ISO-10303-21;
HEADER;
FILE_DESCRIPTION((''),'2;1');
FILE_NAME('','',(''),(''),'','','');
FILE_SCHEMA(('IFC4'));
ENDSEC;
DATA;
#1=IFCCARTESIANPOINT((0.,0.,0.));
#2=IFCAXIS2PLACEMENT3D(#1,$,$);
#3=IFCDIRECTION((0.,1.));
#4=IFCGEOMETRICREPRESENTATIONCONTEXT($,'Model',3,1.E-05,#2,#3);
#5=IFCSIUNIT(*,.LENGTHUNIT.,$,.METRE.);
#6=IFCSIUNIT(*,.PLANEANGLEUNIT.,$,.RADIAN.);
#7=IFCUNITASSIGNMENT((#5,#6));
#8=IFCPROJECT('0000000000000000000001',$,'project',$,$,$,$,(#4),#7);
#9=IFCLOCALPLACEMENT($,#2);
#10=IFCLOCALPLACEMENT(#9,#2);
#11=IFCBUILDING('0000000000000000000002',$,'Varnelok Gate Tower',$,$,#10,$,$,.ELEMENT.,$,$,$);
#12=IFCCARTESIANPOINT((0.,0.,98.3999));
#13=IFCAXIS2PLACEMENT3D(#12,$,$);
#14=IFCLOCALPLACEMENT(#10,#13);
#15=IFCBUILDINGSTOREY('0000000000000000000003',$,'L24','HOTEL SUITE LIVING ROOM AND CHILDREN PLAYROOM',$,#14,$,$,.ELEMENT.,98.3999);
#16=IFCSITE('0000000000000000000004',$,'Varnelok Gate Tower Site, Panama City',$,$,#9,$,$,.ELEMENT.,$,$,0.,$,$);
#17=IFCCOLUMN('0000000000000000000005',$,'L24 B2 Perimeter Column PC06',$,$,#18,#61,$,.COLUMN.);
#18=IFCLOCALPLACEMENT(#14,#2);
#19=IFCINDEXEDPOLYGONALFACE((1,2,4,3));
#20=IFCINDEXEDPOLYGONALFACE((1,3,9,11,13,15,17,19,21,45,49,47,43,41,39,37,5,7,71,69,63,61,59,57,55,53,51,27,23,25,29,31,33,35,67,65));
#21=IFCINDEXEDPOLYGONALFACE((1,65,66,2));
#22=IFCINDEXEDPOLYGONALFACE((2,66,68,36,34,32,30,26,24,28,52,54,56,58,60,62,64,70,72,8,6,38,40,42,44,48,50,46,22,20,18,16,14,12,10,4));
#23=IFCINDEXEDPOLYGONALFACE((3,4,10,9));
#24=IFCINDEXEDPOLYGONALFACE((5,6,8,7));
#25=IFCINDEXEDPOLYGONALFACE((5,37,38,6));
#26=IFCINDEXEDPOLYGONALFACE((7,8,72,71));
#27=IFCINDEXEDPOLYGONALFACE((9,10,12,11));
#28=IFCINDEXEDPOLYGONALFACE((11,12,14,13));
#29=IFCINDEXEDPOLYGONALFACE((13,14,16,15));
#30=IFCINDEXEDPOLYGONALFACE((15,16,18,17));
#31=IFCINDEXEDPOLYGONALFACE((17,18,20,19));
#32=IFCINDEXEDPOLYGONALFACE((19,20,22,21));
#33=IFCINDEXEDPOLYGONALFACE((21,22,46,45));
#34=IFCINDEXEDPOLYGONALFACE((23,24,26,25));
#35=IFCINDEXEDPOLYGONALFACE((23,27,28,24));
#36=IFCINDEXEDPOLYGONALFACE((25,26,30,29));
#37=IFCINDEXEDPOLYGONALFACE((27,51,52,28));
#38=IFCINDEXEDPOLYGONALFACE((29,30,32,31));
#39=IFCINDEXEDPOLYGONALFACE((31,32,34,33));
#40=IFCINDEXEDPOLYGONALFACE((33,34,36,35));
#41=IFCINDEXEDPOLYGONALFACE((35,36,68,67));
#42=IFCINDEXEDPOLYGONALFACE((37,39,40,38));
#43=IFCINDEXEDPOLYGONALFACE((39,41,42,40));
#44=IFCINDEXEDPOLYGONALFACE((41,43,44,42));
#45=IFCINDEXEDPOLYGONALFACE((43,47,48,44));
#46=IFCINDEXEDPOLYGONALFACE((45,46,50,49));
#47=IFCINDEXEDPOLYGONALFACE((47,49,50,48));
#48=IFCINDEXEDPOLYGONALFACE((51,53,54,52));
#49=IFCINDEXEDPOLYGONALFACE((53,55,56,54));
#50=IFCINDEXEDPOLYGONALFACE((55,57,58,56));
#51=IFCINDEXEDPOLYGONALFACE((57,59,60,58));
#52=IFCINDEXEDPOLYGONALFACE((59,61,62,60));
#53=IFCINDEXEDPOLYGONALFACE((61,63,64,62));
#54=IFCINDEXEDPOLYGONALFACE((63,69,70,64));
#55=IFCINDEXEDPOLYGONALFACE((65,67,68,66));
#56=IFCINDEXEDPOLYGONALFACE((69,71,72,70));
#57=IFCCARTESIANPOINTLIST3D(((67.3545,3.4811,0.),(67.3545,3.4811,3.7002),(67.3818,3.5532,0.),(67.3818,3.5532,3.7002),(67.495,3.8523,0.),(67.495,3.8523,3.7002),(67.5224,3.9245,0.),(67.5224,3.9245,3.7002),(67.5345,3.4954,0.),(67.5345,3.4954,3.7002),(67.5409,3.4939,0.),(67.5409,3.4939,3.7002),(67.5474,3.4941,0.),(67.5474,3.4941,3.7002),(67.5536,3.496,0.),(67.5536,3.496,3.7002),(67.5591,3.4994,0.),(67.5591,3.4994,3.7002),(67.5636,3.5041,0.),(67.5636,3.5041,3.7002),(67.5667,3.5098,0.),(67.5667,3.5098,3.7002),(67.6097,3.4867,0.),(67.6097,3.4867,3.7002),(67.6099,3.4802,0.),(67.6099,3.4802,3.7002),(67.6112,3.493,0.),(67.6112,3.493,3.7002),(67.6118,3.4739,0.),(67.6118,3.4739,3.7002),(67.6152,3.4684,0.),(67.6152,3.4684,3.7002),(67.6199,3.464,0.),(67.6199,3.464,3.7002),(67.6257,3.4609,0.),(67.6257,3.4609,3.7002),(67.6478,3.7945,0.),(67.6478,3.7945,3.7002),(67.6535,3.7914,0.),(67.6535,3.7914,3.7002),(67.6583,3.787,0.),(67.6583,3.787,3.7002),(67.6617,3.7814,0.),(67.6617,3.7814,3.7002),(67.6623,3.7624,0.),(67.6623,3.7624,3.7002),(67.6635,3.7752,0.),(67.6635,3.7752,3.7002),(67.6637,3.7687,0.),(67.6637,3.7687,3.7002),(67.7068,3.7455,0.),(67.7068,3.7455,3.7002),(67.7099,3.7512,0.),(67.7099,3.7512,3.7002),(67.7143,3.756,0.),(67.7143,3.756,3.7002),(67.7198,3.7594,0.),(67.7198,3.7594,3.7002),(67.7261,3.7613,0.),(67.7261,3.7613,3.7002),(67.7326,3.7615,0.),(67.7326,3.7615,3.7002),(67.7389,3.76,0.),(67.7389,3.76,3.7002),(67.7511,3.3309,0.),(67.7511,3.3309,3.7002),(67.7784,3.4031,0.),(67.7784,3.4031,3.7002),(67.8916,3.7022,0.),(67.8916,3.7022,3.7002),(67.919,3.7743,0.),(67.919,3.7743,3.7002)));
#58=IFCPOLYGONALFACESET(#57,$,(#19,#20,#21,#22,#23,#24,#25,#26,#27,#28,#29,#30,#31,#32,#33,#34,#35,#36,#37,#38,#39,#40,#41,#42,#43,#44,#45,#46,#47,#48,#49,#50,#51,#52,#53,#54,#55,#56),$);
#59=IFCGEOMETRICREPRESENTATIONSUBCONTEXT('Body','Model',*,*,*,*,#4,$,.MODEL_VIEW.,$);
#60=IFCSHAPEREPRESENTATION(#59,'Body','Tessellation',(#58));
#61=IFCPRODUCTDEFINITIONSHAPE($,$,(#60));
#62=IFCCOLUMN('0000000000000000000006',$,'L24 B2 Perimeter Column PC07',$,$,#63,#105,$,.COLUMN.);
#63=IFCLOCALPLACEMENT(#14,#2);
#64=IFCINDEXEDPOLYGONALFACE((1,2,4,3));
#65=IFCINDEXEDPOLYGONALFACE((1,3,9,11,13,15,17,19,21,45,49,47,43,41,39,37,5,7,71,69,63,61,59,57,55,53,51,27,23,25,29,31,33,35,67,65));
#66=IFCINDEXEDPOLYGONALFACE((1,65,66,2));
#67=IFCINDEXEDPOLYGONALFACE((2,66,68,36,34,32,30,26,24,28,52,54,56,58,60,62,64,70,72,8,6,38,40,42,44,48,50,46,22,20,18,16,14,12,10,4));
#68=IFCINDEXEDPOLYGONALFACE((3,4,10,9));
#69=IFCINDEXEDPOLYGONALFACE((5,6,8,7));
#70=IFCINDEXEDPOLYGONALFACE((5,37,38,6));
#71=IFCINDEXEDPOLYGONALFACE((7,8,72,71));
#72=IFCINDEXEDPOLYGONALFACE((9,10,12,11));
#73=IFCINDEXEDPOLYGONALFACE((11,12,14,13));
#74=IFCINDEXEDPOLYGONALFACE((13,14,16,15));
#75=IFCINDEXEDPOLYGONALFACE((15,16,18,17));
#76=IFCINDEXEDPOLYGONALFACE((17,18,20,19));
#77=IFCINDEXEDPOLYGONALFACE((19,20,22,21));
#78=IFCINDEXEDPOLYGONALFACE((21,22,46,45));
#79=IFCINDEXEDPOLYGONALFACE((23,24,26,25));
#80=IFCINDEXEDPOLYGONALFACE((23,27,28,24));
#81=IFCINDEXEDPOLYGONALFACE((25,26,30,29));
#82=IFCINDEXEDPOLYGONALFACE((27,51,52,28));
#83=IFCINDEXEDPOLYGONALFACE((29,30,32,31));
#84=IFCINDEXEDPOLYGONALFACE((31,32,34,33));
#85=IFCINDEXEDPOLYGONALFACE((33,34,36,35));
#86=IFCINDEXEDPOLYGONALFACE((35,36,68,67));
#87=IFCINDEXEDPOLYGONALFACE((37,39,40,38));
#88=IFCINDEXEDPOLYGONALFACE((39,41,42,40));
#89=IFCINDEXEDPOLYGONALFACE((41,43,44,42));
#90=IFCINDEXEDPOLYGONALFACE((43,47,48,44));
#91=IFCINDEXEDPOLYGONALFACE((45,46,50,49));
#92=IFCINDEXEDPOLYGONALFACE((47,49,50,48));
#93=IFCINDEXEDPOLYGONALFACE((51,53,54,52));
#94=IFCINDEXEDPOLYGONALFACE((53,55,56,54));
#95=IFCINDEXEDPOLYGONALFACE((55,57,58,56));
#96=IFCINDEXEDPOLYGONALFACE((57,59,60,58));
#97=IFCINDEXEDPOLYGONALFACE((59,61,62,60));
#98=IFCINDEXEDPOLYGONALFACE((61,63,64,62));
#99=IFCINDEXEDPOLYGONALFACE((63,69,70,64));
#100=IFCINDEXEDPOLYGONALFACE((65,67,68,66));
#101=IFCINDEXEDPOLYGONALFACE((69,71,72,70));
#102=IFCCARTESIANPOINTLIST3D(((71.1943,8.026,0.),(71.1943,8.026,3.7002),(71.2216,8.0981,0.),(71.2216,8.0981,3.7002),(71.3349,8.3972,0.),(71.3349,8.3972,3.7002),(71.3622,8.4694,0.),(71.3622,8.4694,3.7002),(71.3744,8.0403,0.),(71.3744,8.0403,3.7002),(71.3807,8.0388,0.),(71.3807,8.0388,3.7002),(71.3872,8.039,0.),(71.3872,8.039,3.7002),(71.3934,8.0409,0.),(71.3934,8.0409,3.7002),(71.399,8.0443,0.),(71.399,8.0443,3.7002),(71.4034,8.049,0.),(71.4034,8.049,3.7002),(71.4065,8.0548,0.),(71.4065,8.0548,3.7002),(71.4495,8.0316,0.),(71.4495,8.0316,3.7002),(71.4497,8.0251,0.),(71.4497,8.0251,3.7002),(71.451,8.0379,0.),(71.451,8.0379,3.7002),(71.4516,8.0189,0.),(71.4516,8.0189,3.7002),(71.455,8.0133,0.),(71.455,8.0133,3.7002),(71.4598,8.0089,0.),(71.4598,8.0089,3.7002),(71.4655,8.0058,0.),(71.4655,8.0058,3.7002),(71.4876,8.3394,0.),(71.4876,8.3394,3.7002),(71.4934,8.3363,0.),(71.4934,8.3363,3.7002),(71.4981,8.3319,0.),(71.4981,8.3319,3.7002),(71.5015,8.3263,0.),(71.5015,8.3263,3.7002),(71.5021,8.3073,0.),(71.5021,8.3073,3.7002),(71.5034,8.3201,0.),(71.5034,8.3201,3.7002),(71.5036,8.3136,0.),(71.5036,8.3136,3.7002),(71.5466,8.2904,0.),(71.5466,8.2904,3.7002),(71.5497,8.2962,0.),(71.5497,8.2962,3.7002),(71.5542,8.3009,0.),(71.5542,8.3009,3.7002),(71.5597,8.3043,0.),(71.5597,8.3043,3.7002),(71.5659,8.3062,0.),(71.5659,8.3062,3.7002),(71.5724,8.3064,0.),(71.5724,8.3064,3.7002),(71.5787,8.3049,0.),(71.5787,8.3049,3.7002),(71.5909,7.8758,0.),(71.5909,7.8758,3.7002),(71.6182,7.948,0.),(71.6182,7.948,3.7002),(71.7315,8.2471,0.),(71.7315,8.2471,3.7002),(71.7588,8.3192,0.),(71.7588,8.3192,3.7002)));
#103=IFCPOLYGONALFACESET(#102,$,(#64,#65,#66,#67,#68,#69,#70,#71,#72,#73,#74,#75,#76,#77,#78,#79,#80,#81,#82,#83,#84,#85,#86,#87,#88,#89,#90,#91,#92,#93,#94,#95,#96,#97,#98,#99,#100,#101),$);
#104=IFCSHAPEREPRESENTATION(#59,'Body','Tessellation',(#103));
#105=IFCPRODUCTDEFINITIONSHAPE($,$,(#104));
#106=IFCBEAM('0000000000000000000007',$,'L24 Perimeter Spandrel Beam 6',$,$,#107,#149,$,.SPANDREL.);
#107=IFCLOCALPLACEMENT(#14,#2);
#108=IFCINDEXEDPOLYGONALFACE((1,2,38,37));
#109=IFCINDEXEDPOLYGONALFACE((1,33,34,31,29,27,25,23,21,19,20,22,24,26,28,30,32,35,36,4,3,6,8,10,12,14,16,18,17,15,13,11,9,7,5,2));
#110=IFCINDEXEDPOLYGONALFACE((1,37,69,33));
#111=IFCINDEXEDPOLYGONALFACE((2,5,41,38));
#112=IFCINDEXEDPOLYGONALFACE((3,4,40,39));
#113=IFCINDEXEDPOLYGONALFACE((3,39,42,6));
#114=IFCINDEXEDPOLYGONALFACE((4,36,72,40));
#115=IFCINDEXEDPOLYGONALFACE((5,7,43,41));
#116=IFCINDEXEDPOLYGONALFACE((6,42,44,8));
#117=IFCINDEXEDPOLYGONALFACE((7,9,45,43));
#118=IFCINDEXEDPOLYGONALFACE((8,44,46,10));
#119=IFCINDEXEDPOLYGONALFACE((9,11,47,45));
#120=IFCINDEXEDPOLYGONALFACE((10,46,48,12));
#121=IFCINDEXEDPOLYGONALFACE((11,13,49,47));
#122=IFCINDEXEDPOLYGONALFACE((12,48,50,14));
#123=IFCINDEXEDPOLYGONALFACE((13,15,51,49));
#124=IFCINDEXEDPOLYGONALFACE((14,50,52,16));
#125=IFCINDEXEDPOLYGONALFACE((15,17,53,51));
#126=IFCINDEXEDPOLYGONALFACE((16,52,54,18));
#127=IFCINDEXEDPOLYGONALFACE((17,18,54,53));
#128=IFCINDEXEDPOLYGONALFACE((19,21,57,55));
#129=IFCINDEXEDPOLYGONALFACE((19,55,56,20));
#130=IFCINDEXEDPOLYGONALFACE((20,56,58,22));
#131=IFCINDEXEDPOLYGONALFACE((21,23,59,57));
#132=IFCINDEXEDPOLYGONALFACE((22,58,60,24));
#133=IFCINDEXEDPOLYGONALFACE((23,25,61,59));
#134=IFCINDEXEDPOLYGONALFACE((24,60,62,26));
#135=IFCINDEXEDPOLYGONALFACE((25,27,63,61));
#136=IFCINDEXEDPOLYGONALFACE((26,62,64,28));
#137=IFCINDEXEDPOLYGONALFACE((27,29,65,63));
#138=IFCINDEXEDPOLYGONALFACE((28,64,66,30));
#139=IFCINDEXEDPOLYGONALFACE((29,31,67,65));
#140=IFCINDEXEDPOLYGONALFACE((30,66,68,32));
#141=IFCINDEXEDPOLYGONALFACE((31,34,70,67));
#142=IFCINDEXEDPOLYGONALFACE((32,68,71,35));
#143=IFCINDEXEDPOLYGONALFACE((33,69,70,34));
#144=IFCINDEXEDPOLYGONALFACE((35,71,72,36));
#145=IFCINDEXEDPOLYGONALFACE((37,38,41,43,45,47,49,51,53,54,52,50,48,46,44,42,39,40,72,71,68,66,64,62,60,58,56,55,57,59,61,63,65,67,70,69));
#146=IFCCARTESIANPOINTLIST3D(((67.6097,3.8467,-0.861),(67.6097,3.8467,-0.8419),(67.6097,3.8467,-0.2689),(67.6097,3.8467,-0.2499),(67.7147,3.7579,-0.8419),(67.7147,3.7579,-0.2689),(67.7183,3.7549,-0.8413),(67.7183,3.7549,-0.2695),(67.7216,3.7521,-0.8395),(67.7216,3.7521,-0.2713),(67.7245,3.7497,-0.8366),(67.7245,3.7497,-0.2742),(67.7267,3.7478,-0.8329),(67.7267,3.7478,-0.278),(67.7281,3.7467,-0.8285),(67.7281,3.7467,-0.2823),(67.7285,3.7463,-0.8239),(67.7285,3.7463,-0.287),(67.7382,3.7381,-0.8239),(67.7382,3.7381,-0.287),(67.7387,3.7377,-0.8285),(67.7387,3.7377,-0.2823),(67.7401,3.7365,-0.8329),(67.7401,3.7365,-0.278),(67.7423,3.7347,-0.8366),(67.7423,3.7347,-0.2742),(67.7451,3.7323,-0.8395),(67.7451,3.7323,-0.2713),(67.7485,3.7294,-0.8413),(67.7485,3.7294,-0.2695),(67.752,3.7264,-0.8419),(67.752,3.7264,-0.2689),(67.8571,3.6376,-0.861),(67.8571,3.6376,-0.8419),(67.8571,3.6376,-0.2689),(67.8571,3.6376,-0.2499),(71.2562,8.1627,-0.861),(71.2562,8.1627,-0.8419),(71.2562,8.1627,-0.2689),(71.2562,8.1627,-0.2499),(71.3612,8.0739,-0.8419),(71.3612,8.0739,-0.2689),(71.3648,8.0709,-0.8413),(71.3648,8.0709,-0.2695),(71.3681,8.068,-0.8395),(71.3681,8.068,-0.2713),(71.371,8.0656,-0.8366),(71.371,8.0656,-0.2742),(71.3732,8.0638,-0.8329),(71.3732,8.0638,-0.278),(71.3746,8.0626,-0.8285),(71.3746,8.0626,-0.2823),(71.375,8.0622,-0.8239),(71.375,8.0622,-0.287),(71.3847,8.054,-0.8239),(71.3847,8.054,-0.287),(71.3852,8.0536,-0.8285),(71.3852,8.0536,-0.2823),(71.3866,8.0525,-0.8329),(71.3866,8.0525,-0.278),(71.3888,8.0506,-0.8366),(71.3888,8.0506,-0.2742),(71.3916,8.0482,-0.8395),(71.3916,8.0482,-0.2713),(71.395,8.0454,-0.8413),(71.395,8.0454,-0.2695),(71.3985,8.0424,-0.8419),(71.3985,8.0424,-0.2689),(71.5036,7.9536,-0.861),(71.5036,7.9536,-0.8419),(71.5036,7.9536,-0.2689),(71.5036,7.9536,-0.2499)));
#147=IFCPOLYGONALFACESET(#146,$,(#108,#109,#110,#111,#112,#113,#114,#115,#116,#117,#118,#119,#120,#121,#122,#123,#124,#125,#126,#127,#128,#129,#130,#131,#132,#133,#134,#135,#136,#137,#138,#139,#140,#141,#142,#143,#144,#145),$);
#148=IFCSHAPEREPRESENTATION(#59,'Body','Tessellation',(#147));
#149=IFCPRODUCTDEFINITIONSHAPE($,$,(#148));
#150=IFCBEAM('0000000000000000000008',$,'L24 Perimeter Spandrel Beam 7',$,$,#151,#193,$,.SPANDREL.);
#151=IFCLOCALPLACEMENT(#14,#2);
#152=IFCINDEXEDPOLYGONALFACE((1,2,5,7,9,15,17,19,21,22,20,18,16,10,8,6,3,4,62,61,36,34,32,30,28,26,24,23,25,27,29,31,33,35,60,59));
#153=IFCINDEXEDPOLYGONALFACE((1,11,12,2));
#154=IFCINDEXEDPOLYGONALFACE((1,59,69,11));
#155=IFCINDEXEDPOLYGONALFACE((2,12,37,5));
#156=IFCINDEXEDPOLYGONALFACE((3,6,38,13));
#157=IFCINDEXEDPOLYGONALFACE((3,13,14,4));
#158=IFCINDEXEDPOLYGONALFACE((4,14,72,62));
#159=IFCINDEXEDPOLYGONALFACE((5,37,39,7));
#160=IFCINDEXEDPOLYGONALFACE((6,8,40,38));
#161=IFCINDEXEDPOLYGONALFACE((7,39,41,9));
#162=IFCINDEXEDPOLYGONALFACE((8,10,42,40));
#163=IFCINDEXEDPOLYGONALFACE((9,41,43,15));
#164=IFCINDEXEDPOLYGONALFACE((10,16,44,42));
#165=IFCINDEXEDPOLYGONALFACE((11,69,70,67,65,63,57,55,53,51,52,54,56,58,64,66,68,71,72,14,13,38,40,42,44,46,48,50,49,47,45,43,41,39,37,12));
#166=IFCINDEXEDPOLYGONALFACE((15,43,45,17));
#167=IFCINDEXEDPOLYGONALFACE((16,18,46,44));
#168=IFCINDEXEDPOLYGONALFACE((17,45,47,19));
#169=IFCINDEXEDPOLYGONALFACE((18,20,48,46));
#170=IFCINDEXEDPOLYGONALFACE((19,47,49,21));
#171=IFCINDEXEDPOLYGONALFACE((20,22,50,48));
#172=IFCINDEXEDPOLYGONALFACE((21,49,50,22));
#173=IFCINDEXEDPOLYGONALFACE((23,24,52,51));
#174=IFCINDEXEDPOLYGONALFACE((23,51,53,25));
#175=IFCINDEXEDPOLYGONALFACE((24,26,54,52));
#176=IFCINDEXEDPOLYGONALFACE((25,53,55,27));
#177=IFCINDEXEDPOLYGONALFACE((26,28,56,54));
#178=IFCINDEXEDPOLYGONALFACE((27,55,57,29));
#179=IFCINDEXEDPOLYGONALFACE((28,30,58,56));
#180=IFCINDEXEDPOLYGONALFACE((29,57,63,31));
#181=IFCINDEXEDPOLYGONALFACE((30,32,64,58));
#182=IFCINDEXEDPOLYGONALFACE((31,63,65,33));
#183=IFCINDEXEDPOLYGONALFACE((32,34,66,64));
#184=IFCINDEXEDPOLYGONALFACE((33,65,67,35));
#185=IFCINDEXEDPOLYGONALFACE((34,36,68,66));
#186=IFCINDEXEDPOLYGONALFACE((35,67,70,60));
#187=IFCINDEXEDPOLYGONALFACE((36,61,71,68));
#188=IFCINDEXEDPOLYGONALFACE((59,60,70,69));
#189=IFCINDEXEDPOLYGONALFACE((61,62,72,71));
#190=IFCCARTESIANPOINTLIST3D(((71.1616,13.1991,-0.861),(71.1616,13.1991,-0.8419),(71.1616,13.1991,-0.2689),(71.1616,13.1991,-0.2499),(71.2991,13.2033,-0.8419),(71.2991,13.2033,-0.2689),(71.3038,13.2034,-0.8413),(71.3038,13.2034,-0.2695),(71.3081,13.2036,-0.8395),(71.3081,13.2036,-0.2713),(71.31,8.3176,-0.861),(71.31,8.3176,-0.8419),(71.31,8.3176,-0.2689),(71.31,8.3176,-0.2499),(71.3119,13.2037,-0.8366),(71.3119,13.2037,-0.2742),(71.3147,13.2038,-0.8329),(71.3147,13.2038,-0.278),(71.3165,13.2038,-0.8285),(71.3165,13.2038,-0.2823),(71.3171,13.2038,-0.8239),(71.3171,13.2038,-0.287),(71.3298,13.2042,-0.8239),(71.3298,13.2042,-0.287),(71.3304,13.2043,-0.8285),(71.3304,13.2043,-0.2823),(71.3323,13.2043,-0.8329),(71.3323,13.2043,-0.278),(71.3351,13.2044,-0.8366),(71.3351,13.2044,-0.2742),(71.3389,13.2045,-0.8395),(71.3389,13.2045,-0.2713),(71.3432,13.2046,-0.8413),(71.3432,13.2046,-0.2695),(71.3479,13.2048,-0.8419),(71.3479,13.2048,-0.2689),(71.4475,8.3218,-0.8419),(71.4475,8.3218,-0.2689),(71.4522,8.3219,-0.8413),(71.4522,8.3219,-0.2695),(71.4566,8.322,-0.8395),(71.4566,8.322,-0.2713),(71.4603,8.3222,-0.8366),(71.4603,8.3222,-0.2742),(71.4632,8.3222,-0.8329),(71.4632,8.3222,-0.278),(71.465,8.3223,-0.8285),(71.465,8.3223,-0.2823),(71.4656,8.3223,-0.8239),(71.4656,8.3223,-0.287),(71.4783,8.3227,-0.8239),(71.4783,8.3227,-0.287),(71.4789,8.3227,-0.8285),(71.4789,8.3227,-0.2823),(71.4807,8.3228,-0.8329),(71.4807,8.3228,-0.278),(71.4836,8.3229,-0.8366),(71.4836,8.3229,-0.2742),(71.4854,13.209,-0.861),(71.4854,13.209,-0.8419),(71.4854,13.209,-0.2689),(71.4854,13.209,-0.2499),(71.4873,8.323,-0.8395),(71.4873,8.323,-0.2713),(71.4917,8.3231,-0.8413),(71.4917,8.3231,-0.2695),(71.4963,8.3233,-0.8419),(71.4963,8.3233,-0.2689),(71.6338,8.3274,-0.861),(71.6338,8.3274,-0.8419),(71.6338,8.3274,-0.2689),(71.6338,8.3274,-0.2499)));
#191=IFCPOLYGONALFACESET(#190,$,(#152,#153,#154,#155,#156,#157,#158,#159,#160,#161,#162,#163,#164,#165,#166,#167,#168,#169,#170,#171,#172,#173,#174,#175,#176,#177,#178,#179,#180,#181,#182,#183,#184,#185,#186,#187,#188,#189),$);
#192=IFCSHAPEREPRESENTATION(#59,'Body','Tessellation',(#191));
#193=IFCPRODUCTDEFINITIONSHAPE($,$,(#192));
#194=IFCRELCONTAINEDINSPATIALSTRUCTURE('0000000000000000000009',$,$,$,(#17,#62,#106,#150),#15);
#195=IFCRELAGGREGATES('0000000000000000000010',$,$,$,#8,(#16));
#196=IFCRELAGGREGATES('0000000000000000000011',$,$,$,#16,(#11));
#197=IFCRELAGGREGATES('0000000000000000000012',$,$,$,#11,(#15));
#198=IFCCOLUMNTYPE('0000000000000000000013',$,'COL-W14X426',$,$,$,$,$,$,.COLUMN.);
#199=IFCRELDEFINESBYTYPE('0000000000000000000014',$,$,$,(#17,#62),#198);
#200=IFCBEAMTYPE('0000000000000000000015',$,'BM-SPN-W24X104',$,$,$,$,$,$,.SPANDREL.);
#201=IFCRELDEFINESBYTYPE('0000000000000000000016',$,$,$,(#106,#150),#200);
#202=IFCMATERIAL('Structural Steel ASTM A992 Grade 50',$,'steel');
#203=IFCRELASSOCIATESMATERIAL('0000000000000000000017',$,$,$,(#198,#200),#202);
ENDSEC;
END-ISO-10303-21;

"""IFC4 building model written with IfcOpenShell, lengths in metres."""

from ifc_helpers import new_model, si_unit, direction, frame, origin, origin_2d, place, context, subcontext, project, spatial, i_section, extrude, material, material_profile, profile_set, type_object, element, save


model = new_model("IFC4")

# Units and contexts
model_context = context("Model", 3, precision=1e-05, world=origin(), true_north=direction((0.0, 1.0)))
body_context = subcontext(model_context, "Body", "Model", "MODEL_VIEW")
ifc_project = project(units=[si_unit("LENGTHUNIT", "METRE"), si_unit("PLANEANGLEUNIT", "RADIAN")], contexts=[model_context])

# Site, building, storey
site_placement = place(None, origin())
site = spatial("IfcSite", under=ifc_project, at=site_placement, Name="Varnelok Gate Tower Site, Panama City", CompositionType="ELEMENT", RefElevation=0.0)
building_placement = place(site_placement, origin())
building = spatial("IfcBuilding", under=site, at=building_placement, Name="Varnelok Gate Tower", CompositionType="ELEMENT")
storey_placement = place(building_placement, frame((0.0, 0.0, 98.3999)))
storey = spatial("IfcBuildingStorey", under=building, at=storey_placement, Name="L24", Description="HOTEL SUITE LIVING ROOM AND CHILDREN PLAYROOM", CompositionType="ELEMENT", Elevation=98.3999)

# Columns
ifc_material_1 = material(Name="Structural Steel ASTM A992 Grade 50", Category="steel")
ifc_material_profile_1 = material_profile(ifc_material_1, i_section(OverallWidth=0.4241, OverallDepth=0.4741, WebThickness=0.0476, FlangeThickness=0.0771, FilletRadius=0.0249, at=origin_2d()), Name="W14X426")
ifc_profile_set_1 = profile_set([ifc_material_profile_1], Name="Structural Steel ASTM A992 Grade 50")
column_type = type_object("IfcColumnType", Name="COL-W14X426", PredefinedType="COLUMN", material=ifc_profile_set_1)
for number, where, z_axis, x_axis, name in (
    (1, (67.6367, 3.6277, 0.0), (0.0, 0.0, 1.0), (0.935222, -0.354063, 0.0), "L24 B2 Perimeter Column PC06"),
    (2, (71.4766, 8.1726, 0.0), (0.0, 0.0, 1.0), (0.935222, -0.354063, 0.0), "L24 B2 Perimeter Column PC07"),
):
    element("IfcColumn", number, at=place(storey_placement, frame(where, z_axis=z_axis, x_axis=x_axis)), inside=storey, type_object=column_type, Name=name, PredefinedType="COLUMN", context=body_context, shape_type="SweptSolid", body=[
        extrude(i_section(OverallWidth=0.4241, OverallDepth=0.4741, WebThickness=0.0476, FlangeThickness=0.0771, FilletRadius=0.0249, at=origin_2d()), origin(), (0.0, 0.0, 1.0), 3.7002),
    ])

# Beams
ifc_material_profile_2 = material_profile(ifc_material_1, i_section(OverallWidth=0.324, OverallDepth=0.6111, WebThickness=0.0127, FlangeThickness=0.019, FilletRadius=0.0181, at=origin_2d()), Name="W24X104")
ifc_profile_set_2 = profile_set([ifc_material_profile_2], Name="Structural Steel ASTM A992 Grade 50")
beam_type = type_object("IfcBeamType", Name="BM-SPN-W24X104", PredefinedType="SPANDREL", material=ifc_profile_set_2)
beam_1_placement = place(storey_placement, frame((67.7334, 3.7422, -0.5554), z_axis=(0.64538, 0.763861, 0.0), x_axis=(-0.763861, 0.64538, 0.0)))
element("IfcBeam", 3, at=beam_1_placement, inside=storey, type_object=beam_type, Name="L24 Perimeter Spandrel Beam 6", PredefinedType="SPANDREL", context=body_context, shape_type="SweptSolid", body=[
    extrude(i_section(OverallWidth=0.324, OverallDepth=0.6111, WebThickness=0.0127, FlangeThickness=0.019, FilletRadius=0.0181, at=origin_2d()), origin(), (0.0, 0.0, 1.0), 5.6501),
])
beam_2_placement = place(storey_placement, frame((71.4719, 8.3225, -0.5554), z_axis=(-0.030394, 0.999538, 0.0), x_axis=(-0.999538, -0.030394, 0.0)))
element("IfcBeam", 4, at=beam_2_placement, inside=storey, type_object=beam_type, Name="L24 Perimeter Spandrel Beam 7", PredefinedType="SPANDREL", context=body_context, shape_type="SweptSolid", body=[
    extrude(i_section(OverallWidth=0.324, OverallDepth=0.6111, WebThickness=0.0127, FlangeThickness=0.019, FilletRadius=0.0181, at=origin_2d()), origin(), (0.0, 0.0, 1.0), 4.8838),
])

save(model, "model.ifc")
